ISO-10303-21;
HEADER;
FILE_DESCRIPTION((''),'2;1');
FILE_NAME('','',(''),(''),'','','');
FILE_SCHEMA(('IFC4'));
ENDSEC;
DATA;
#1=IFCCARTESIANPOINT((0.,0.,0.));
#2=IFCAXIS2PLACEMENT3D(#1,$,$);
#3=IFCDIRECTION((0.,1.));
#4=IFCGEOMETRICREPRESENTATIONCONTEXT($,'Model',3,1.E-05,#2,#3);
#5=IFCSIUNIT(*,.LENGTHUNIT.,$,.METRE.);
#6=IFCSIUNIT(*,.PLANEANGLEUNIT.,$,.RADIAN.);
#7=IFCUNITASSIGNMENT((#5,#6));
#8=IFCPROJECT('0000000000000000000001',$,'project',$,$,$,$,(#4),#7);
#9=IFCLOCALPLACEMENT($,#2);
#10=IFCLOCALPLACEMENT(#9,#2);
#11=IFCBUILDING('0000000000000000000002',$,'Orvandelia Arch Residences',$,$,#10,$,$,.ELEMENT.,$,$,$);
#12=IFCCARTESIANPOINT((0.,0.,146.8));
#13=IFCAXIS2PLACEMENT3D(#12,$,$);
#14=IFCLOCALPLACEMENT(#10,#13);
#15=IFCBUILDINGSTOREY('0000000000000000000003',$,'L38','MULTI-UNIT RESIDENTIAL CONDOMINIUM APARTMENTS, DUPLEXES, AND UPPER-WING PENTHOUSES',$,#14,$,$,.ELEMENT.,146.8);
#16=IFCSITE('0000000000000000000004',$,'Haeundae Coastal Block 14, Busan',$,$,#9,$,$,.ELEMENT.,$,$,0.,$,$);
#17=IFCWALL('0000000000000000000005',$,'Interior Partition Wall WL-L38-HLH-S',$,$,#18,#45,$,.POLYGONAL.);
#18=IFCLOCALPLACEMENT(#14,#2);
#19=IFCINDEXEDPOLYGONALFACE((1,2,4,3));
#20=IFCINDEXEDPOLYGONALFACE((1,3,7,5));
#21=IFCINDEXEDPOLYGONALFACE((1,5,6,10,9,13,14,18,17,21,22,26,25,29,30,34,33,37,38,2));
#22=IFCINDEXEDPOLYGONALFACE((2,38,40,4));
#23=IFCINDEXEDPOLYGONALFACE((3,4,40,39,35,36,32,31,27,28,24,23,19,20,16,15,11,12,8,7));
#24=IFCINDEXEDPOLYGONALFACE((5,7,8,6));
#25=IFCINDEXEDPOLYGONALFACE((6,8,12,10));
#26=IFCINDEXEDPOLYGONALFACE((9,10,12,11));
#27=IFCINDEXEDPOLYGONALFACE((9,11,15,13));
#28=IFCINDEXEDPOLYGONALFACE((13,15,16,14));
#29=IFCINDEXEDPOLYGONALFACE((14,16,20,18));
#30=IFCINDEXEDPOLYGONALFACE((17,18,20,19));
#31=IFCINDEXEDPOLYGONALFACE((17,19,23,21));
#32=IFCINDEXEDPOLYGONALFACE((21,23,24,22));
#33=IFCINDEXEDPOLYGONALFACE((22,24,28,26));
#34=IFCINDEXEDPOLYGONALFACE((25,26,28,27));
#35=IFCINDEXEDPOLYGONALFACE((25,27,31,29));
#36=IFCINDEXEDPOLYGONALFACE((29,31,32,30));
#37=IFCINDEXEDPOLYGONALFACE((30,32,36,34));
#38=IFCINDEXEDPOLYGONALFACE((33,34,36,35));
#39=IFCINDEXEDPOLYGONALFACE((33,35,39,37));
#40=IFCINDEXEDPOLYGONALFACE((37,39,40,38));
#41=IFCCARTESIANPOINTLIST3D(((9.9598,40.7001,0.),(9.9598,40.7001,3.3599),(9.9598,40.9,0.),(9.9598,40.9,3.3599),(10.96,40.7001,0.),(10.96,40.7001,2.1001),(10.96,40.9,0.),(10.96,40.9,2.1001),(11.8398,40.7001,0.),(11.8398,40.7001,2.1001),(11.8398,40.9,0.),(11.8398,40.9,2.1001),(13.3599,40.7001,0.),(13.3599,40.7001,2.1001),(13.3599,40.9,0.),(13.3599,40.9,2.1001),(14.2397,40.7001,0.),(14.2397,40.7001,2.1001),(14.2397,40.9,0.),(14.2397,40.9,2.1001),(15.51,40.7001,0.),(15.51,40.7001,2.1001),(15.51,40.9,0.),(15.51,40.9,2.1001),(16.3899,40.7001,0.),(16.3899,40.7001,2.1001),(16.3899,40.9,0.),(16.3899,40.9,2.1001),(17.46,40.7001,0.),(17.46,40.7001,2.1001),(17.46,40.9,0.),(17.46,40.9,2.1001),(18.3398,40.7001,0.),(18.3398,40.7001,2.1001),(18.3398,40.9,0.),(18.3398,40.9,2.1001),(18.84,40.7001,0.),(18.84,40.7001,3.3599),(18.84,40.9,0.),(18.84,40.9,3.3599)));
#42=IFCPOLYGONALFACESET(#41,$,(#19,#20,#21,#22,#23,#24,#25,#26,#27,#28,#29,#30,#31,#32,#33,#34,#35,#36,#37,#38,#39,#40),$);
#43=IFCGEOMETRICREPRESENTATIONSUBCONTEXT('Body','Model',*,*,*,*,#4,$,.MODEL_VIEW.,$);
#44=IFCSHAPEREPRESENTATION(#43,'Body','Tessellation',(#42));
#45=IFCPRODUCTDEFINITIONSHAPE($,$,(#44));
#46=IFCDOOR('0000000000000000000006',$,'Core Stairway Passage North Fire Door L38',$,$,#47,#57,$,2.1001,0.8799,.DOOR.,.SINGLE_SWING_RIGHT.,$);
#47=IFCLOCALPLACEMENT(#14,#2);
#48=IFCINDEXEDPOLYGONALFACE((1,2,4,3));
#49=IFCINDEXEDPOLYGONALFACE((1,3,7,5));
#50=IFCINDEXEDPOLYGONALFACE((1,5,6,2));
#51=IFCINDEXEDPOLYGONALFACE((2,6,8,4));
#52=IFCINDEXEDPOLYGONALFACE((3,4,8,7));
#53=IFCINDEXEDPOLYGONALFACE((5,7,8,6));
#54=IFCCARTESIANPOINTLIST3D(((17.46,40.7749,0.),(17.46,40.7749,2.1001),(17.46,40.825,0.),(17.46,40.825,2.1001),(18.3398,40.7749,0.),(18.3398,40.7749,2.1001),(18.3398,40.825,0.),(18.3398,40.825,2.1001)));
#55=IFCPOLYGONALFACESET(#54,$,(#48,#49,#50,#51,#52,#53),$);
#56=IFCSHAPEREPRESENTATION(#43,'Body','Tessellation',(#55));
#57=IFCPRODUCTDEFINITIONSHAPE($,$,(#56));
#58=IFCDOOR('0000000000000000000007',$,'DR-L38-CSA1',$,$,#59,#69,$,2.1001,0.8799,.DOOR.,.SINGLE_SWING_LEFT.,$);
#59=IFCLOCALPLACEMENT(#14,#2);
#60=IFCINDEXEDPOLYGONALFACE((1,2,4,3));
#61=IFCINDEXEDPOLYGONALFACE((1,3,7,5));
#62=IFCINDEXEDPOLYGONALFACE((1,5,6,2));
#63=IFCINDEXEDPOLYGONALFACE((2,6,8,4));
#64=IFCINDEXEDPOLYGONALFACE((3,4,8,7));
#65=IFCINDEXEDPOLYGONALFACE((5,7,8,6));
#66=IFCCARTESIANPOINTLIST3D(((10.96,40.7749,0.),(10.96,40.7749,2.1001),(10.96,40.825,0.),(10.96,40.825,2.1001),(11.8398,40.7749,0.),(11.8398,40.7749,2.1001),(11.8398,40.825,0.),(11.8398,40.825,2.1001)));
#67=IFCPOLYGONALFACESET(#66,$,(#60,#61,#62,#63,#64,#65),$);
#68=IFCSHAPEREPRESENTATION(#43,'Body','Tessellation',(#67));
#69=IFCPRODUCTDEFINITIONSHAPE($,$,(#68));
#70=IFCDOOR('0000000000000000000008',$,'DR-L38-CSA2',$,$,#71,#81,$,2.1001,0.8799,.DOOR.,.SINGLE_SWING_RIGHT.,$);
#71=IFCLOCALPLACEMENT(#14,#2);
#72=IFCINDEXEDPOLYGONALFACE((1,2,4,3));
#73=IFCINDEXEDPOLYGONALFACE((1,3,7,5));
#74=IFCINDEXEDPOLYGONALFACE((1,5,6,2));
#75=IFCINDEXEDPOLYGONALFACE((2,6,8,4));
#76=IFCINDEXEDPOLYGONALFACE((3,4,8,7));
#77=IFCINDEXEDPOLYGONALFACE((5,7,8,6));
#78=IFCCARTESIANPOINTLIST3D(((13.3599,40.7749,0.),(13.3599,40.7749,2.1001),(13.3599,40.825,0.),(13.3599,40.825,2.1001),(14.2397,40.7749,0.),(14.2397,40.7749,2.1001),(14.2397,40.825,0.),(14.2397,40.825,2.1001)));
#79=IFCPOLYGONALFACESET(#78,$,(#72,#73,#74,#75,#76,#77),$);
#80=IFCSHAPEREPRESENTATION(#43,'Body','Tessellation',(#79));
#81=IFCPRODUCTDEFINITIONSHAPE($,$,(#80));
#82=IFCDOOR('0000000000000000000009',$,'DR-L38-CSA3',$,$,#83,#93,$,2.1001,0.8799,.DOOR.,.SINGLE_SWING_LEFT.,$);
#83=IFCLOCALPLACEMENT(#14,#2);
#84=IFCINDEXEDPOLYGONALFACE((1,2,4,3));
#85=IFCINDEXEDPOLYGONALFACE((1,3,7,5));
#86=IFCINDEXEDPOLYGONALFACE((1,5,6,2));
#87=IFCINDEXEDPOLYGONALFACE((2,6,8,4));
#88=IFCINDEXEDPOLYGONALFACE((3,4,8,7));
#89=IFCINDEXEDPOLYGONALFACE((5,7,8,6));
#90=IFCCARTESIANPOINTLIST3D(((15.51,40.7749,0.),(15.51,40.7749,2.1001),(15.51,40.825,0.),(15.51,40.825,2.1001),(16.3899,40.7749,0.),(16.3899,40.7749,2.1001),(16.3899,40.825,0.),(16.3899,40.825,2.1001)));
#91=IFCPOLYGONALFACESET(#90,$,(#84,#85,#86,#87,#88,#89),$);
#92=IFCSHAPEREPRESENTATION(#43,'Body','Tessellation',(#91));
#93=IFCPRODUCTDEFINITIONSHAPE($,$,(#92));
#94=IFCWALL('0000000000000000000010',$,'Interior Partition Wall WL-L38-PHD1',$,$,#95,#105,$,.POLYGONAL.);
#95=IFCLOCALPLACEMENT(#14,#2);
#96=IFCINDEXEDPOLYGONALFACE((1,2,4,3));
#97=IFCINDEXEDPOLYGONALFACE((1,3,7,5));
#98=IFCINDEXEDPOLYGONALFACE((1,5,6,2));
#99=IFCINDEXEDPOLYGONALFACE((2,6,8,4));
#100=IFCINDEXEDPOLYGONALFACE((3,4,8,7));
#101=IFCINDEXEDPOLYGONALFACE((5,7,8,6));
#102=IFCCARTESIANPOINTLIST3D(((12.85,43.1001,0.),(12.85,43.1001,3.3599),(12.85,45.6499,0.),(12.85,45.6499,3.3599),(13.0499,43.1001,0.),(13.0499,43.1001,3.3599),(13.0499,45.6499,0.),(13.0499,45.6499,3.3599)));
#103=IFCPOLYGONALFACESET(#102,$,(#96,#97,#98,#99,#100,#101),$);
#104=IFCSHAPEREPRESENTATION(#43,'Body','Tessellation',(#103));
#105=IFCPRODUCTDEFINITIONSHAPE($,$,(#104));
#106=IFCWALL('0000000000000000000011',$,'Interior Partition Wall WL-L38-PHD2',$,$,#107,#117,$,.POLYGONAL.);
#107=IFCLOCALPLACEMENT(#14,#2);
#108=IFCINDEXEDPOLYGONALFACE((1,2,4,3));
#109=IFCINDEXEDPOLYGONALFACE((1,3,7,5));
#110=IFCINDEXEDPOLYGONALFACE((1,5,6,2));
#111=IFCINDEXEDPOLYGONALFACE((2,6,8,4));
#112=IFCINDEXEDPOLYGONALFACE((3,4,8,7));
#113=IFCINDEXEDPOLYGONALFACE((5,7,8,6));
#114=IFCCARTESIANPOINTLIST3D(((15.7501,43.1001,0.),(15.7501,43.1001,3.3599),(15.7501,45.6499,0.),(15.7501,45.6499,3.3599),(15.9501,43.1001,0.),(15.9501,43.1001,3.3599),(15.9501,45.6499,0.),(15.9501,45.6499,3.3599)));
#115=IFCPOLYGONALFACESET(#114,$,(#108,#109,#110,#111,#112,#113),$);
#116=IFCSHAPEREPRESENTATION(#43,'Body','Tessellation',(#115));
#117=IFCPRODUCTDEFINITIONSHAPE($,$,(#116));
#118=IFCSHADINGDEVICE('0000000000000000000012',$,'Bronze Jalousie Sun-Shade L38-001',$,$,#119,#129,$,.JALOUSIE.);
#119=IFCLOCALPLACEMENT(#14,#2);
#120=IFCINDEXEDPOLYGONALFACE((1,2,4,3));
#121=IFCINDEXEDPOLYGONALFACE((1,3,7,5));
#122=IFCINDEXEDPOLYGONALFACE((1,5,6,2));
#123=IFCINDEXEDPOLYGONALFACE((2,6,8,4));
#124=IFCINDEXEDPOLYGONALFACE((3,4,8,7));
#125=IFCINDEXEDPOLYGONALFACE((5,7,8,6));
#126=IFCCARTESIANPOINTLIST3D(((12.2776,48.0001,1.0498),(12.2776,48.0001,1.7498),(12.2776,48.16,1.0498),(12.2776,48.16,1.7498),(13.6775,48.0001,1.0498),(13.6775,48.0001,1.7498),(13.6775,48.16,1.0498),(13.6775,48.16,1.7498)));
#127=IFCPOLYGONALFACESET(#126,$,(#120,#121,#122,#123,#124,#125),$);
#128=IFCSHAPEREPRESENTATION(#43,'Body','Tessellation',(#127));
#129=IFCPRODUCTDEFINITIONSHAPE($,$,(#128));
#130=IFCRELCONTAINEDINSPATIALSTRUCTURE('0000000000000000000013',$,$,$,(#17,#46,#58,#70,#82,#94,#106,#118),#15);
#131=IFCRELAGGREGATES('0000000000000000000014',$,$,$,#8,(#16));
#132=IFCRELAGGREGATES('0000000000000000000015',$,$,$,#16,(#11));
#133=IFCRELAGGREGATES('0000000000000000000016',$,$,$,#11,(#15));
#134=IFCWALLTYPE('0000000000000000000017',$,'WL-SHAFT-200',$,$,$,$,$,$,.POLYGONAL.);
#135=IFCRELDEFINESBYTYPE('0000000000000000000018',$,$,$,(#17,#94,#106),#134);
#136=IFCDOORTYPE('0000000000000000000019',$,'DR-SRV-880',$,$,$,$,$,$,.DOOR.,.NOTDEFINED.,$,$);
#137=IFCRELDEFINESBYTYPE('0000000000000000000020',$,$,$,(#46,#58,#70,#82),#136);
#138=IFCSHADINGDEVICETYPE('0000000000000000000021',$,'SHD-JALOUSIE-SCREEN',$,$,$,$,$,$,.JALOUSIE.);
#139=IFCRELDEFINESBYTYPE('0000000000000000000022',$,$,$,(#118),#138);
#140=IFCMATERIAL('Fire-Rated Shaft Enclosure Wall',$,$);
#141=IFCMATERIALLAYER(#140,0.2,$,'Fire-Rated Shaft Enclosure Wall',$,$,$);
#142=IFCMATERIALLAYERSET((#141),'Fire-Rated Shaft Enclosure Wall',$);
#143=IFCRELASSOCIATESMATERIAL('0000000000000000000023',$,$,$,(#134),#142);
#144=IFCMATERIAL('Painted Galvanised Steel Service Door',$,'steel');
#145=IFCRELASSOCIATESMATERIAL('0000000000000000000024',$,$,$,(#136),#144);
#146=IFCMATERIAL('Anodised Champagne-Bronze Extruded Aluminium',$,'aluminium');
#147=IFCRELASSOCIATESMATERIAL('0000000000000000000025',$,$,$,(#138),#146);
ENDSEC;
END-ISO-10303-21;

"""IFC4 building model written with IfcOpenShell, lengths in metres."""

from ifc_helpers import new_model, si_unit, direction, frame, frame_2d, origin, origin_2d, place, context, subcontext, project, spatial, rectangle, extrude, material, layer, layer_set, type_object, element, fill, save


model = new_model("IFC4")

# Units and contexts
model_context = context("Model", 3, precision=1e-05, world=origin(), true_north=direction((0.0, 1.0)))
body_context = subcontext(model_context, "Body", "Model", "MODEL_VIEW")
ifc_project = project(units=[si_unit("LENGTHUNIT", "METRE"), si_unit("PLANEANGLEUNIT", "RADIAN")], contexts=[model_context])

# Site, building, storey
site_placement = place(None, origin())
site = spatial("IfcSite", under=ifc_project, at=site_placement, Name="Haeundae Coastal Block 14, Busan", CompositionType="ELEMENT", RefElevation=0.0)
building_placement = place(site_placement, origin())
building = spatial("IfcBuilding", under=site, at=building_placement, Name="Orvandelia Arch Residences", CompositionType="ELEMENT")
storey_placement = place(building_placement, frame((0.0, 0.0, 146.8)))
storey = spatial("IfcBuildingStorey", under=building, at=storey_placement, Name="L38", Description="MULTI-UNIT RESIDENTIAL CONDOMINIUM APARTMENTS, DUPLEXES, AND UPPER-WING PENTHOUSES", CompositionType="ELEMENT", Elevation=146.8)

# Shared definitions
ifc_material_1 = material(Name="Fire-Rated Shaft Enclosure Wall")
ifc_layer_1 = layer(ifc_material_1, 0.2, Name="Fire-Rated Shaft Enclosure Wall")
ifc_layer_set_1 = layer_set([ifc_layer_1], Name="Fire-Rated Shaft Enclosure Wall")
wall_type_1 = type_object("IfcWallType", Name="WL-SHAFT-200", PredefinedType="POLYGONAL", material=ifc_layer_set_1)

# Wall, openings, doors
wall_1_placement = place(storey_placement, frame((9.96, 40.8, 0.0), z_axis=(0.0, 0.0, 1.0), x_axis=(1.0, 0.0, 0.0)))
wall_1 = element("IfcWall", 1, at=wall_1_placement, inside=storey, type_object=wall_type_1, Name="Interior Partition Wall WL-L38-HLH-S", PredefinedType="POLYGONAL", context=body_context, shape_type="SweptSolid", body=[
    extrude(rectangle(XDim=8.8801, YDim=0.2, at=frame_2d((4.4399, 0.0))), origin(), (0.0, 0.0, 1.0), 3.3599),
])
opening_1_placement = place(wall_1_placement, frame((7.5, 0.0, 0.0)))
opening_1 = element("IfcOpeningElement", 2, at=opening_1_placement, cuts=wall_1, PredefinedType="OPENING", context=body_context, shape_type="SweptSolid", body=[
    extrude(rectangle(XDim=0.8799, YDim=2.1001, at=frame_2d((0.4399, 1.05))), frame((0.0, 0.1099, 0.0), z_axis=(0.0, -1.0, 0.0), x_axis=(1.0, 0.0, 0.0)), (0.0, 0.0, 1.0), 0.22),
])
opening_2_placement = place(wall_1_placement, frame((1.0, 0.0, 0.0)))
opening_2 = element("IfcOpeningElement", 3, at=opening_2_placement, cuts=wall_1, PredefinedType="OPENING", context=body_context, shape_type="SweptSolid", body=[
    extrude(rectangle(XDim=0.8799, YDim=2.1001, at=frame_2d((0.4399, 1.05))), frame((0.0, 0.1099, 0.0), z_axis=(0.0, -1.0, 0.0), x_axis=(1.0, 0.0, 0.0)), (0.0, 0.0, 1.0), 0.22),
])
opening_3_placement = place(wall_1_placement, frame((3.3999, 0.0, 0.0)))
opening_3 = element("IfcOpeningElement", 4, at=opening_3_placement, cuts=wall_1, PredefinedType="OPENING", context=body_context, shape_type="SweptSolid", body=[
    extrude(rectangle(XDim=0.8799, YDim=2.1001, at=frame_2d((0.4399, 1.05))), frame((0.0, 0.1099, 0.0), z_axis=(0.0, -1.0, 0.0), x_axis=(1.0, 0.0, 0.0)), (0.0, 0.0, 1.0), 0.22),
])
opening_4_placement = place(wall_1_placement, frame((5.55, 0.0, 0.0)))
opening_4 = element("IfcOpeningElement", 5, at=opening_4_placement, cuts=wall_1, PredefinedType="OPENING", context=body_context, shape_type="SweptSolid", body=[
    extrude(rectangle(XDim=0.8799, YDim=2.1001, at=frame_2d((0.4399, 1.05))), frame((0.0, 0.1099, 0.0), z_axis=(0.0, -1.0, 0.0), x_axis=(1.0, 0.0, 0.0)), (0.0, 0.0, 1.0), 0.22),
])
ifc_material_2 = material(Name="Painted Galvanised Steel Service Door", Category="steel")
door_type_1 = type_object("IfcDoorType", Name="DR-SRV-880", OperationType="NOTDEFINED", PredefinedType="DOOR", material=ifc_material_2)
door_1_placement = place(opening_1_placement, origin())
door_1 = element("IfcDoor", 6, at=door_1_placement, inside=storey, type_object=door_type_1, Name="Core Stairway Passage North Fire Door L38", OperationType="SINGLE_SWING_RIGHT", OverallHeight=2.1001, OverallWidth=0.8799, PredefinedType="DOOR", context=body_context, shape_type="SweptSolid", body=[
    extrude(rectangle(XDim=0.8799, YDim=2.1001, at=frame_2d((0.4399, 1.05))), frame((0.0, 0.0249, 0.0), z_axis=(0.0, -1.0, 0.0), x_axis=(1.0, 0.0, 0.0)), (0.0, 0.0, 1.0), 0.05),
])
fill(opening_1, door_1)
door_2_placement = place(opening_2_placement, origin())
door_2 = element("IfcDoor", 7, at=door_2_placement, inside=storey, type_object=door_type_1, Name="DR-L38-CSA1", OperationType="SINGLE_SWING_LEFT", OverallHeight=2.1001, OverallWidth=0.8799, PredefinedType="DOOR", context=body_context, shape_type="SweptSolid", body=[
    extrude(rectangle(XDim=0.8799, YDim=2.1001, at=frame_2d((0.4399, 1.05))), frame((0.0, 0.0249, 0.0), z_axis=(0.0, -1.0, 0.0), x_axis=(1.0, 0.0, 0.0)), (0.0, 0.0, 1.0), 0.05),
])
fill(opening_2, door_2)
door_3_placement = place(opening_3_placement, origin())
door_3 = element("IfcDoor", 8, at=door_3_placement, inside=storey, type_object=door_type_1, Name="DR-L38-CSA2", OperationType="SINGLE_SWING_RIGHT", OverallHeight=2.1001, OverallWidth=0.8799, PredefinedType="DOOR", context=body_context, shape_type="SweptSolid", body=[
    extrude(rectangle(XDim=0.8799, YDim=2.1001, at=frame_2d((0.4399, 1.05))), frame((0.0, 0.0249, 0.0), z_axis=(0.0, -1.0, 0.0), x_axis=(1.0, 0.0, 0.0)), (0.0, 0.0, 1.0), 0.05),
])
fill(opening_3, door_3)
door_4_placement = place(opening_4_placement, origin())
door_4 = element("IfcDoor", 9, at=door_4_placement, inside=storey, type_object=door_type_1, Name="DR-L38-CSA3", OperationType="SINGLE_SWING_LEFT", OverallHeight=2.1001, OverallWidth=0.8799, PredefinedType="DOOR", context=body_context, shape_type="SweptSolid", body=[
    extrude(rectangle(XDim=0.8799, YDim=2.1001, at=frame_2d((0.4399, 1.05))), frame((0.0, 0.0249, 0.0), z_axis=(0.0, -1.0, 0.0), x_axis=(1.0, 0.0, 0.0)), (0.0, 0.0, 1.0), 0.05),
])
fill(opening_4, door_4)

# Walls
for number, where, z_axis, x_axis, name in (
    (10, (12.95, 43.1001, 0.0), (0.0, 0.0, 1.0), (0.0, 1.0, 0.0), "Interior Partition Wall WL-L38-PHD1"),
    (11, (15.8501, 43.1001, 0.0), (0.0, 0.0, 1.0), (0.0, 1.0, 0.0), "Interior Partition Wall WL-L38-PHD2"),
):
    element("IfcWall", number, at=place(storey_placement, frame(where, z_axis=z_axis, x_axis=x_axis)), inside=storey, type_object=wall_type_1, Name=name, PredefinedType="POLYGONAL", context=body_context, shape_type="SweptSolid", body=[
        extrude(rectangle(XDim=2.5498, YDim=0.2, at=frame_2d((1.2749, 0.0))), origin(), (0.0, 0.0, 1.0), 3.3599),
    ])

# Shading device
ifc_material_3 = material(Name="Anodised Champagne-Bronze Extruded Aluminium", Category="aluminium")
shading_device_type = type_object("IfcShadingDeviceType", Name="SHD-JALOUSIE-SCREEN", PredefinedType="JALOUSIE", material=ifc_material_3)
shading_device_placement = place(storey_placement, frame((12.9775, 48.0801, 1.0498), z_axis=(0.0, 0.0, 1.0), x_axis=(1.0, 0.0, 0.0)))
element("IfcShadingDevice", 12, at=shading_device_placement, inside=storey, type_object=shading_device_type, Name="Bronze Jalousie Sun-Shade L38-001", PredefinedType="JALOUSIE", context=body_context, shape_type="SweptSolid", body=[
    extrude(rectangle(XDim=1.3999, YDim=0.1599, at=origin_2d()), origin(), (0.0, 0.0, 1.0), 0.7),
])

save(model, "model.ifc")
